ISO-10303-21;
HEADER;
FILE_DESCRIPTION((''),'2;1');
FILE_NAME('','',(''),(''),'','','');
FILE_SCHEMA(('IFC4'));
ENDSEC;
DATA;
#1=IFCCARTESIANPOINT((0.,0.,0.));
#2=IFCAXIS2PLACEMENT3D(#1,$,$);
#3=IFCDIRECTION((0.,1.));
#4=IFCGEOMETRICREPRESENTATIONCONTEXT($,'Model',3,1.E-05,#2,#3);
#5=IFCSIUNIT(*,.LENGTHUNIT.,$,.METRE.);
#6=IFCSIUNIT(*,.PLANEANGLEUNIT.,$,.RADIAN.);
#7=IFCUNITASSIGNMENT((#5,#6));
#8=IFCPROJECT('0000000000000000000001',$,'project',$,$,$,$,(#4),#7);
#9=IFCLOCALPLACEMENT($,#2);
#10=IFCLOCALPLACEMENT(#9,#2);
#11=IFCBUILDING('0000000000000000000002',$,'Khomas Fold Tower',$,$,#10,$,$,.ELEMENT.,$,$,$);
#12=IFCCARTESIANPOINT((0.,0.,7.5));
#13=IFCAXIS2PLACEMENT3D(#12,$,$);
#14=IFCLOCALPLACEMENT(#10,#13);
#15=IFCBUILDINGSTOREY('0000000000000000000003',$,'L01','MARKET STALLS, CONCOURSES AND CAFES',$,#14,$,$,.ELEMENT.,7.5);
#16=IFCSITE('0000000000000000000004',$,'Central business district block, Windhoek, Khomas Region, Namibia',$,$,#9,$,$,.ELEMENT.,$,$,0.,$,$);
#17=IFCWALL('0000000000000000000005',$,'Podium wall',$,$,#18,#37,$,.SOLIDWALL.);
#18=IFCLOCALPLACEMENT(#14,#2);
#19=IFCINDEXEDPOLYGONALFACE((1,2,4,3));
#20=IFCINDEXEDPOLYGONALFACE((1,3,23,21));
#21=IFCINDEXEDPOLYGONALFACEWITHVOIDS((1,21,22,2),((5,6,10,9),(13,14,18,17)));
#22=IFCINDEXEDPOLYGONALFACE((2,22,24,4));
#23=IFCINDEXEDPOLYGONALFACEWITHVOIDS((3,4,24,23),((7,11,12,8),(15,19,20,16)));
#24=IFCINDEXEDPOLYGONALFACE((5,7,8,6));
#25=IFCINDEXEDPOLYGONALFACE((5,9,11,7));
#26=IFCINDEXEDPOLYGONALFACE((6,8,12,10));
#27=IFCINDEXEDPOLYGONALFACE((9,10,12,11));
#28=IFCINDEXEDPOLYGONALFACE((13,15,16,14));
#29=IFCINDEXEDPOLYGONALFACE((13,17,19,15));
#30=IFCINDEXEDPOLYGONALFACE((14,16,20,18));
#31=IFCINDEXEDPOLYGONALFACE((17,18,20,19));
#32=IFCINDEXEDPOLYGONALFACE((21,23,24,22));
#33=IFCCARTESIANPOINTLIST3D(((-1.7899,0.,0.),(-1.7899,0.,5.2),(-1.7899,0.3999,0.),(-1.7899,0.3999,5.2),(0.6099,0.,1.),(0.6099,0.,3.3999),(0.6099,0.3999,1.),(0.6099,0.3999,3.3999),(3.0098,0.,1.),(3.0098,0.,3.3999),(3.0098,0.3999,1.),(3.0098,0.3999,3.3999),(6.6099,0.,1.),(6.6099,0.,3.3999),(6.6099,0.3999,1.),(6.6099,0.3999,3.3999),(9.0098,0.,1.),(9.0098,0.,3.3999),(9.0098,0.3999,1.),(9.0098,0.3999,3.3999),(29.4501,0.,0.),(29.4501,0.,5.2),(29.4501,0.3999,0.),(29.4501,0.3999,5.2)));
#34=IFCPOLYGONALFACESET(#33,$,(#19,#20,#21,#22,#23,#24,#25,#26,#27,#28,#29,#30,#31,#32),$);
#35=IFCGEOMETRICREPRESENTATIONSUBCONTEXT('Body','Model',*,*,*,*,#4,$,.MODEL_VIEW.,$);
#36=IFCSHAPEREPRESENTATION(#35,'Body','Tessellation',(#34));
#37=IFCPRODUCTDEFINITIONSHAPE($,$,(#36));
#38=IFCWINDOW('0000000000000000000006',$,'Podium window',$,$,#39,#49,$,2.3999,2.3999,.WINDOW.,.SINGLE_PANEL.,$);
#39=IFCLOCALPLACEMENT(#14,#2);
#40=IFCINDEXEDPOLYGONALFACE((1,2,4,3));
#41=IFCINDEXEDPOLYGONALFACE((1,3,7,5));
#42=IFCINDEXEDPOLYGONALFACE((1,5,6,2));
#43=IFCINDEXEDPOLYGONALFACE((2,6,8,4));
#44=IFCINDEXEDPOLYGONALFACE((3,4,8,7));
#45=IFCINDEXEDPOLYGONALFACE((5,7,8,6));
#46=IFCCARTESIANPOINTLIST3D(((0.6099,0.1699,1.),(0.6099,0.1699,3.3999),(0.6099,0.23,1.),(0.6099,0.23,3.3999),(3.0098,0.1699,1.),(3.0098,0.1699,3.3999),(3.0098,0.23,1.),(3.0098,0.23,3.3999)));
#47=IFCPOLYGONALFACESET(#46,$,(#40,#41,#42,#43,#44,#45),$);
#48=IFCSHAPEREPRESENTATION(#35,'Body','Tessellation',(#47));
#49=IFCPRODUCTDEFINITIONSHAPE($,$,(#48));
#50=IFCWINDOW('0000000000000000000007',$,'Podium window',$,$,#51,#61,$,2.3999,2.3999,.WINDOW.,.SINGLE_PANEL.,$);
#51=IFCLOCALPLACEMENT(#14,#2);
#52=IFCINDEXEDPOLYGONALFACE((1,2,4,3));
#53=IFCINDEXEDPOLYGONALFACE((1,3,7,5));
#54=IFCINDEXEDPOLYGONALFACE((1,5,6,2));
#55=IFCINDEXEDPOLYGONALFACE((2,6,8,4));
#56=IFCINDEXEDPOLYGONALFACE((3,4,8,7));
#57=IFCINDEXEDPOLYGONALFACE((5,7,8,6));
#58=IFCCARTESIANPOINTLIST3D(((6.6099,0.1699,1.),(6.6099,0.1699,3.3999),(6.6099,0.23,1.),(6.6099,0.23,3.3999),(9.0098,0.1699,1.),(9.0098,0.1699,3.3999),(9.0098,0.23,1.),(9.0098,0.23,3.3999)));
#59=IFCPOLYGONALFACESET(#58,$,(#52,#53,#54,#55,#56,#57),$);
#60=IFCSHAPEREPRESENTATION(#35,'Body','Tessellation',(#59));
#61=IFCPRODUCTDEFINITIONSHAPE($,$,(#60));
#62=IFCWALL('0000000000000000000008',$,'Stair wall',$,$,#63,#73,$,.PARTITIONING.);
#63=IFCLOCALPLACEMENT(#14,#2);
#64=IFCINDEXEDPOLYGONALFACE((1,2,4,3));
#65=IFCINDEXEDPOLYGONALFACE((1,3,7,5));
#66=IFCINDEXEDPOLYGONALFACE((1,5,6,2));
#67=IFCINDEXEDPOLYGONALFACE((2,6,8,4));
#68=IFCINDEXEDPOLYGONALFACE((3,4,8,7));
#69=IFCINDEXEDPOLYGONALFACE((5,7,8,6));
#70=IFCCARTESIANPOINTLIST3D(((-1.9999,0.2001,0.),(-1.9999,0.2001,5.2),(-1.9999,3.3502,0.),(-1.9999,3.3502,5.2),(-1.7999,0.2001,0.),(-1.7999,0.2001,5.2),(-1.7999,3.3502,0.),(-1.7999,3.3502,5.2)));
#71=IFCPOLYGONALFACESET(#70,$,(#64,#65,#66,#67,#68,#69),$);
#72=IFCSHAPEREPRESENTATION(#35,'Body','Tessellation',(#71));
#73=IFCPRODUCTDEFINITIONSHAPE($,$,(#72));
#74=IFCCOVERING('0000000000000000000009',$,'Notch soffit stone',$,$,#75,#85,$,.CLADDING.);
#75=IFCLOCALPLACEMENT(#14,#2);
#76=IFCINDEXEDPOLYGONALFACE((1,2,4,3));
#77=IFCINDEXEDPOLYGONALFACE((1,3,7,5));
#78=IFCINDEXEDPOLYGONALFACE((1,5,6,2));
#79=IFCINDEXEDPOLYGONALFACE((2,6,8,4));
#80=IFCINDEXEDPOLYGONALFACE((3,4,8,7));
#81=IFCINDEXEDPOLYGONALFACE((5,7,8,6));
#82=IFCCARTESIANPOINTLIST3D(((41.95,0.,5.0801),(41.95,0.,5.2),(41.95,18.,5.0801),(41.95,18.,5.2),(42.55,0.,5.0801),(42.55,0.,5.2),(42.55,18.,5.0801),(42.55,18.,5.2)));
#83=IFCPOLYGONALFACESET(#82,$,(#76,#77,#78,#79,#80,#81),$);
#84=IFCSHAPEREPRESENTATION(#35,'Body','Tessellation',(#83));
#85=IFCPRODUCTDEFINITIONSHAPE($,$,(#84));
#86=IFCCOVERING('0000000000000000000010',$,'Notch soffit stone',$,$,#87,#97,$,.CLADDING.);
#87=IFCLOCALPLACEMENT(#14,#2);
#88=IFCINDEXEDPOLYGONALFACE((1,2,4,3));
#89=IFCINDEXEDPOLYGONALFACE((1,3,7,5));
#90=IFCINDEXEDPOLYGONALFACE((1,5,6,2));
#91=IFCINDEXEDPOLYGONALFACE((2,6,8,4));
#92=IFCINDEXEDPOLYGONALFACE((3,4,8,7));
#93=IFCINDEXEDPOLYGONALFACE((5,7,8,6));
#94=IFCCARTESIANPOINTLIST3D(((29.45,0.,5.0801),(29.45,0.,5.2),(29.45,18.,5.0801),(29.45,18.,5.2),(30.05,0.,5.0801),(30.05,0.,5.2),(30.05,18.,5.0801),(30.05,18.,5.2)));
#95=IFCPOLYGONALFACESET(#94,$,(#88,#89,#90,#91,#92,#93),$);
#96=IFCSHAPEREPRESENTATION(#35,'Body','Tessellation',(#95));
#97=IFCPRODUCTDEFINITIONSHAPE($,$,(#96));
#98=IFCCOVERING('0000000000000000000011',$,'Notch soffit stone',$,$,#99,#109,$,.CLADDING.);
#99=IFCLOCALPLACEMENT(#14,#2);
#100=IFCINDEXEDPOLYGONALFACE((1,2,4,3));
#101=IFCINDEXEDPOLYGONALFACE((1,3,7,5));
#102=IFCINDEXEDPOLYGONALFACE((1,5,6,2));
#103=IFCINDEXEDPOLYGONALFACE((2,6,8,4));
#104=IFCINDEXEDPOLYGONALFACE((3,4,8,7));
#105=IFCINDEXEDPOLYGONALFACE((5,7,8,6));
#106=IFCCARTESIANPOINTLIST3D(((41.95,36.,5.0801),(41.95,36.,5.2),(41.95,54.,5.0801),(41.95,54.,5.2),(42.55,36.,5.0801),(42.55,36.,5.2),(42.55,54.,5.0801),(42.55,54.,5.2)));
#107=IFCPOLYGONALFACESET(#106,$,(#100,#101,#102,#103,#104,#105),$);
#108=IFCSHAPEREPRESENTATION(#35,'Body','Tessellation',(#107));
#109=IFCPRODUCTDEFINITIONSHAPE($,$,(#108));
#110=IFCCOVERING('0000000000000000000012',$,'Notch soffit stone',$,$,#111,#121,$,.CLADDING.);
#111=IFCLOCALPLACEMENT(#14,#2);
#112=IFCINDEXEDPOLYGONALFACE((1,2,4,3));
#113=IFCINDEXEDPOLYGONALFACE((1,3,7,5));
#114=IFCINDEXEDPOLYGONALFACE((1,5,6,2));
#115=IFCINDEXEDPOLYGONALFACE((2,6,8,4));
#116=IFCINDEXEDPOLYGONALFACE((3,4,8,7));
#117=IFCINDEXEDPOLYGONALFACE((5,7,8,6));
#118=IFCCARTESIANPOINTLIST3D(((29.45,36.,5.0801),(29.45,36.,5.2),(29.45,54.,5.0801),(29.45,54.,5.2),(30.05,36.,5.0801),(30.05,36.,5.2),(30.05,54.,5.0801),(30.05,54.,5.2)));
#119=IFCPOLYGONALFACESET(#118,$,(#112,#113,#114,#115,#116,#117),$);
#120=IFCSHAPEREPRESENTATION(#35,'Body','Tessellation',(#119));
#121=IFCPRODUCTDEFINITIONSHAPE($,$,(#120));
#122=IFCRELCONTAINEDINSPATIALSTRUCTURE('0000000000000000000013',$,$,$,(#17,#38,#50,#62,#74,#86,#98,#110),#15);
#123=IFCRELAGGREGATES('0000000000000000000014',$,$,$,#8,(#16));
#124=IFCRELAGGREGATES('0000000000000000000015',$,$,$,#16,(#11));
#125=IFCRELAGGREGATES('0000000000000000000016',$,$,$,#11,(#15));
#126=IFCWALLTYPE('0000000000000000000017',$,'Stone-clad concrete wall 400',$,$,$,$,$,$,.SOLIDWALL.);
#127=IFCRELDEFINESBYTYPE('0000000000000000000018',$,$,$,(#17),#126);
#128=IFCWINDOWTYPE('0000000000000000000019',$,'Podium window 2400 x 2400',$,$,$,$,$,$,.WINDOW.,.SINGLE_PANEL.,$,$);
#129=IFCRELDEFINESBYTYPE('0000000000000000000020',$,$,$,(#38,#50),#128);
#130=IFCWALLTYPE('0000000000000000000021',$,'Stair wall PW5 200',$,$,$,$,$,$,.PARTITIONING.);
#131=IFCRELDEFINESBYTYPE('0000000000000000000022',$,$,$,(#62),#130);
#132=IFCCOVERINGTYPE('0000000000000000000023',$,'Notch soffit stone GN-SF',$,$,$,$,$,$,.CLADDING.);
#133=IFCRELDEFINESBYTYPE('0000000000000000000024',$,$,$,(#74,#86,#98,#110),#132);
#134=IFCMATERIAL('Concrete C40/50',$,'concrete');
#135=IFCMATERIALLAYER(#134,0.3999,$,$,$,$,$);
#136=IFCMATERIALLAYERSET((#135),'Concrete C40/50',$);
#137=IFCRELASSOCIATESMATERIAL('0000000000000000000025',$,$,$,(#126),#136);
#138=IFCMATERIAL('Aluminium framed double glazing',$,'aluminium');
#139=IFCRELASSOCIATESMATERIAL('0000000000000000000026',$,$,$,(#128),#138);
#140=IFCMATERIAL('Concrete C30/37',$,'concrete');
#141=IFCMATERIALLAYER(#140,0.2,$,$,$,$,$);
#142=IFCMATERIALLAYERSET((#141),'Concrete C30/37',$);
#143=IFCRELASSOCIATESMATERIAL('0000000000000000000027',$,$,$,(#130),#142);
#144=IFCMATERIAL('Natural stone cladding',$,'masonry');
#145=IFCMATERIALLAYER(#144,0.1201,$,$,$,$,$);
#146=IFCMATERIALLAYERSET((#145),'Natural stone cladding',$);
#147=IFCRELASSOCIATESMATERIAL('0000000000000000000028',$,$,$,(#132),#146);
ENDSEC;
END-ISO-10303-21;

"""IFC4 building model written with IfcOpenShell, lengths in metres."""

from ifc_helpers import new_model, si_unit, direction, frame, frame_2d, origin, place, context, subcontext, project, spatial, polyline, rectangle, outline, extrude, source, transform, mapped, material, layer, layer_set, type_object, element, fill, save


model = new_model("IFC4")

# Units and contexts
model_context = context("Model", 3, precision=1e-05, world=origin(), true_north=direction((0.0, 1.0)))
body_context = subcontext(model_context, "Body", "Model", "MODEL_VIEW")
ifc_project = project(units=[si_unit("LENGTHUNIT", "METRE"), si_unit("PLANEANGLEUNIT", "RADIAN")], contexts=[model_context])

# Site, building, storey
site_placement = place(None, origin())
site = spatial("IfcSite", under=ifc_project, at=site_placement, Name="Central business district block, Windhoek, Khomas Region, Namibia", CompositionType="ELEMENT", RefElevation=0.0)
building_placement = place(site_placement, origin())
building = spatial("IfcBuilding", under=site, at=building_placement, Name="Khomas Fold Tower", CompositionType="ELEMENT")
storey_placement = place(building_placement, frame((0.0, 0.0, 7.5)))
storey = spatial("IfcBuildingStorey", under=building, at=storey_placement, Name="L01", Description="MARKET STALLS, CONCOURSES AND CAFES", CompositionType="ELEMENT", Elevation=7.5)

# Wall, openings, windows
ifc_material_1 = material(Name="Concrete C40/50", Category="concrete")
ifc_layer_1 = layer(ifc_material_1, 0.3999)
ifc_layer_set_1 = layer_set([ifc_layer_1], Name="Concrete C40/50")
wall_type_1 = type_object("IfcWallType", Name="Stone-clad concrete wall 400", PredefinedType="SOLIDWALL", material=ifc_layer_set_1)
shared_shape_1 = source(origin(), body_context, "Body", "SweptSolid", [
    extrude(rectangle(XDim=31.24, YDim=0.3999, at=frame_2d((15.6201, 0.0))), origin(), (0.0, 0.0, 1.0), 5.2),
])
wall_1_placement = place(storey_placement, frame((-1.79, 0.2, 0.0), z_axis=(0.0, 0.0, 1.0), x_axis=(1.0, 0.0, 0.0)))
wall_1 = element("IfcWall", 1, at=wall_1_placement, inside=storey, type_object=wall_type_1, Name="Podium wall", PredefinedType="SOLIDWALL", context=body_context, shape_type="MappedRepresentation", body=[
    mapped(shared_shape_1, transform((0.0, 0.0, 0.0))),
])
shared_shape_2 = source(origin(), body_context, "Body", "SweptSolid", [
    extrude(rectangle(XDim=2.3999, YDim=2.3999, at=frame_2d((1.2, 1.2))), frame((0.0, 0.21, 0.0), z_axis=(0.0, -1.0, 0.0), x_axis=(1.0, 0.0, 0.0)), (0.0, 0.0, 1.0), 0.4199),
])
opening_1_placement = place(wall_1_placement, frame((2.3999, 0.0, 1.0)))
opening_1 = element("IfcOpeningElement", 2, at=opening_1_placement, cuts=wall_1, PredefinedType="OPENING", context=body_context, shape_type="MappedRepresentation", body=[
    mapped(shared_shape_2, transform((0.0, 0.0, 0.0))),
])
opening_2_placement = place(wall_1_placement, frame((8.3999, 0.0, 1.0)))
opening_2 = element("IfcOpeningElement", 3, at=opening_2_placement, cuts=wall_1, PredefinedType="OPENING", context=body_context, shape_type="MappedRepresentation", body=[
    mapped(shared_shape_2, transform((0.0, 0.0, 0.0))),
])
ifc_material_2 = material(Name="Aluminium framed double glazing", Category="aluminium")
window_type = type_object("IfcWindowType", Name="Podium window 2400 x 2400", PartitioningType="SINGLE_PANEL", PredefinedType="WINDOW", material=ifc_material_2)
shared_shape_3 = source(origin(), body_context, "Body", "SweptSolid", [
    extrude(rectangle(XDim=2.3999, YDim=2.3999, at=frame_2d((1.2, 1.2))), frame((0.0, 0.03, 0.0), z_axis=(0.0, -1.0, 0.0), x_axis=(1.0, 0.0, 0.0)), (0.0, 0.0, 1.0), 0.0601),
])
window_1_placement = place(opening_1_placement, origin())
window_1 = element("IfcWindow", 4, at=window_1_placement, inside=storey, type_object=window_type, Name="Podium window", OverallHeight=2.3999, OverallWidth=2.3999, PartitioningType="SINGLE_PANEL", PredefinedType="WINDOW", context=body_context, shape_type="MappedRepresentation", body=[
    mapped(shared_shape_3, transform((0.0, 0.0, 0.0))),
])
fill(opening_1, window_1)
window_2_placement = place(opening_2_placement, origin())
window_2 = element("IfcWindow", 5, at=window_2_placement, inside=storey, type_object=window_type, Name="Podium window", OverallHeight=2.3999, OverallWidth=2.3999, PartitioningType="SINGLE_PANEL", PredefinedType="WINDOW", context=body_context, shape_type="MappedRepresentation", body=[
    mapped(shared_shape_3, transform((0.0, 0.0, 0.0))),
])
fill(opening_2, window_2)

# Wall
ifc_material_3 = material(Name="Concrete C30/37", Category="concrete")
ifc_layer_2 = layer(ifc_material_3, 0.2)
ifc_layer_set_2 = layer_set([ifc_layer_2], Name="Concrete C30/37")
wall_type_2 = type_object("IfcWallType", Name="Stair wall PW5 200", PredefinedType="PARTITIONING", material=ifc_layer_set_2)
shared_shape_4 = source(origin(), body_context, "Body", "SweptSolid", [
    extrude(rectangle(XDim=3.1501, YDim=0.2, at=frame_2d((1.5752, 0.0))), origin(), (0.0, 0.0, 1.0), 5.2),
])
wall_2_placement = place(storey_placement, frame((-1.8999, 0.2, 0.0), z_axis=(0.0, 0.0, 1.0), x_axis=(0.0, 1.0, 0.0)))
element("IfcWall", 6, at=wall_2_placement, inside=storey, type_object=wall_type_2, Name="Stair wall", PredefinedType="PARTITIONING", context=body_context, shape_type="MappedRepresentation", body=[
    mapped(shared_shape_4, transform((0.0, 0.0, 0.0))),
])

# Coverings
ifc_material_4 = material(Name="Natural stone cladding", Category="masonry")
ifc_layer_3 = layer(ifc_material_4, 0.1201)
ifc_layer_set_3 = layer_set([ifc_layer_3], Name="Natural stone cladding")
covering_type = type_object("IfcCoveringType", Name="Notch soffit stone GN-SF", PredefinedType="CLADDING", material=ifc_layer_set_3)
shared_shape_5 = source(origin(), body_context, "Body", "SweptSolid", [
    extrude(outline(polyline([(41.95, 18.0), (41.95, 0.0), (42.55, 0.0), (42.55, 18.0), (41.95, 18.0)])), origin(), (0.0, 0.0, 1.0), 0.1199),
])
covering_1_placement = place(storey_placement, frame((0.0, 0.0, 5.0801)))
element("IfcCovering", 7, at=covering_1_placement, inside=storey, type_object=covering_type, Name="Notch soffit stone", PredefinedType="CLADDING", context=body_context, shape_type="MappedRepresentation", body=[
    mapped(shared_shape_5, transform((0.0, 0.0, 0.0))),
])
shared_shape_6 = source(origin(), body_context, "Body", "SweptSolid", [
    extrude(outline(polyline([(30.05, 0.0), (30.05, 18.0), (29.45, 18.0), (29.45, 0.0), (30.05, 0.0)])), origin(), (0.0, 0.0, 1.0), 0.1199),
])
covering_2_placement = place(storey_placement, frame((0.0, 0.0, 5.0801)))
element("IfcCovering", 8, at=covering_2_placement, inside=storey, type_object=covering_type, Name="Notch soffit stone", PredefinedType="CLADDING", context=body_context, shape_type="MappedRepresentation", body=[
    mapped(shared_shape_6, transform((0.0, 0.0, 0.0))),
])
shared_shape_7 = source(origin(), body_context, "Body", "SweptSolid", [
    extrude(outline(polyline([(41.95, 54.0), (41.95, 36.0), (42.55, 36.0), (42.55, 54.0), (41.95, 54.0)])), origin(), (0.0, 0.0, 1.0), 0.1199),
])
covering_3_placement = place(storey_placement, frame((0.0, 0.0, 5.0801)))
element("IfcCovering", 9, at=covering_3_placement, inside=storey, type_object=covering_type, Name="Notch soffit stone", PredefinedType="CLADDING", context=body_context, shape_type="MappedRepresentation", body=[
    mapped(shared_shape_7, transform((0.0, 0.0, 0.0))),
])
shared_shape_8 = source(origin(), body_context, "Body", "SweptSolid", [
    extrude(outline(polyline([(30.05, 36.0), (30.05, 54.0), (29.45, 54.0), (29.45, 36.0), (30.05, 36.0)])), origin(), (0.0, 0.0, 1.0), 0.1199),
])
covering_4_placement = place(storey_placement, frame((0.0, 0.0, 5.0801)))
element("IfcCovering", 10, at=covering_4_placement, inside=storey, type_object=covering_type, Name="Notch soffit stone", PredefinedType="CLADDING", context=body_context, shape_type="MappedRepresentation", body=[
    mapped(shared_shape_8, transform((0.0, 0.0, 0.0))),
])

save(model, "model.ifc")
